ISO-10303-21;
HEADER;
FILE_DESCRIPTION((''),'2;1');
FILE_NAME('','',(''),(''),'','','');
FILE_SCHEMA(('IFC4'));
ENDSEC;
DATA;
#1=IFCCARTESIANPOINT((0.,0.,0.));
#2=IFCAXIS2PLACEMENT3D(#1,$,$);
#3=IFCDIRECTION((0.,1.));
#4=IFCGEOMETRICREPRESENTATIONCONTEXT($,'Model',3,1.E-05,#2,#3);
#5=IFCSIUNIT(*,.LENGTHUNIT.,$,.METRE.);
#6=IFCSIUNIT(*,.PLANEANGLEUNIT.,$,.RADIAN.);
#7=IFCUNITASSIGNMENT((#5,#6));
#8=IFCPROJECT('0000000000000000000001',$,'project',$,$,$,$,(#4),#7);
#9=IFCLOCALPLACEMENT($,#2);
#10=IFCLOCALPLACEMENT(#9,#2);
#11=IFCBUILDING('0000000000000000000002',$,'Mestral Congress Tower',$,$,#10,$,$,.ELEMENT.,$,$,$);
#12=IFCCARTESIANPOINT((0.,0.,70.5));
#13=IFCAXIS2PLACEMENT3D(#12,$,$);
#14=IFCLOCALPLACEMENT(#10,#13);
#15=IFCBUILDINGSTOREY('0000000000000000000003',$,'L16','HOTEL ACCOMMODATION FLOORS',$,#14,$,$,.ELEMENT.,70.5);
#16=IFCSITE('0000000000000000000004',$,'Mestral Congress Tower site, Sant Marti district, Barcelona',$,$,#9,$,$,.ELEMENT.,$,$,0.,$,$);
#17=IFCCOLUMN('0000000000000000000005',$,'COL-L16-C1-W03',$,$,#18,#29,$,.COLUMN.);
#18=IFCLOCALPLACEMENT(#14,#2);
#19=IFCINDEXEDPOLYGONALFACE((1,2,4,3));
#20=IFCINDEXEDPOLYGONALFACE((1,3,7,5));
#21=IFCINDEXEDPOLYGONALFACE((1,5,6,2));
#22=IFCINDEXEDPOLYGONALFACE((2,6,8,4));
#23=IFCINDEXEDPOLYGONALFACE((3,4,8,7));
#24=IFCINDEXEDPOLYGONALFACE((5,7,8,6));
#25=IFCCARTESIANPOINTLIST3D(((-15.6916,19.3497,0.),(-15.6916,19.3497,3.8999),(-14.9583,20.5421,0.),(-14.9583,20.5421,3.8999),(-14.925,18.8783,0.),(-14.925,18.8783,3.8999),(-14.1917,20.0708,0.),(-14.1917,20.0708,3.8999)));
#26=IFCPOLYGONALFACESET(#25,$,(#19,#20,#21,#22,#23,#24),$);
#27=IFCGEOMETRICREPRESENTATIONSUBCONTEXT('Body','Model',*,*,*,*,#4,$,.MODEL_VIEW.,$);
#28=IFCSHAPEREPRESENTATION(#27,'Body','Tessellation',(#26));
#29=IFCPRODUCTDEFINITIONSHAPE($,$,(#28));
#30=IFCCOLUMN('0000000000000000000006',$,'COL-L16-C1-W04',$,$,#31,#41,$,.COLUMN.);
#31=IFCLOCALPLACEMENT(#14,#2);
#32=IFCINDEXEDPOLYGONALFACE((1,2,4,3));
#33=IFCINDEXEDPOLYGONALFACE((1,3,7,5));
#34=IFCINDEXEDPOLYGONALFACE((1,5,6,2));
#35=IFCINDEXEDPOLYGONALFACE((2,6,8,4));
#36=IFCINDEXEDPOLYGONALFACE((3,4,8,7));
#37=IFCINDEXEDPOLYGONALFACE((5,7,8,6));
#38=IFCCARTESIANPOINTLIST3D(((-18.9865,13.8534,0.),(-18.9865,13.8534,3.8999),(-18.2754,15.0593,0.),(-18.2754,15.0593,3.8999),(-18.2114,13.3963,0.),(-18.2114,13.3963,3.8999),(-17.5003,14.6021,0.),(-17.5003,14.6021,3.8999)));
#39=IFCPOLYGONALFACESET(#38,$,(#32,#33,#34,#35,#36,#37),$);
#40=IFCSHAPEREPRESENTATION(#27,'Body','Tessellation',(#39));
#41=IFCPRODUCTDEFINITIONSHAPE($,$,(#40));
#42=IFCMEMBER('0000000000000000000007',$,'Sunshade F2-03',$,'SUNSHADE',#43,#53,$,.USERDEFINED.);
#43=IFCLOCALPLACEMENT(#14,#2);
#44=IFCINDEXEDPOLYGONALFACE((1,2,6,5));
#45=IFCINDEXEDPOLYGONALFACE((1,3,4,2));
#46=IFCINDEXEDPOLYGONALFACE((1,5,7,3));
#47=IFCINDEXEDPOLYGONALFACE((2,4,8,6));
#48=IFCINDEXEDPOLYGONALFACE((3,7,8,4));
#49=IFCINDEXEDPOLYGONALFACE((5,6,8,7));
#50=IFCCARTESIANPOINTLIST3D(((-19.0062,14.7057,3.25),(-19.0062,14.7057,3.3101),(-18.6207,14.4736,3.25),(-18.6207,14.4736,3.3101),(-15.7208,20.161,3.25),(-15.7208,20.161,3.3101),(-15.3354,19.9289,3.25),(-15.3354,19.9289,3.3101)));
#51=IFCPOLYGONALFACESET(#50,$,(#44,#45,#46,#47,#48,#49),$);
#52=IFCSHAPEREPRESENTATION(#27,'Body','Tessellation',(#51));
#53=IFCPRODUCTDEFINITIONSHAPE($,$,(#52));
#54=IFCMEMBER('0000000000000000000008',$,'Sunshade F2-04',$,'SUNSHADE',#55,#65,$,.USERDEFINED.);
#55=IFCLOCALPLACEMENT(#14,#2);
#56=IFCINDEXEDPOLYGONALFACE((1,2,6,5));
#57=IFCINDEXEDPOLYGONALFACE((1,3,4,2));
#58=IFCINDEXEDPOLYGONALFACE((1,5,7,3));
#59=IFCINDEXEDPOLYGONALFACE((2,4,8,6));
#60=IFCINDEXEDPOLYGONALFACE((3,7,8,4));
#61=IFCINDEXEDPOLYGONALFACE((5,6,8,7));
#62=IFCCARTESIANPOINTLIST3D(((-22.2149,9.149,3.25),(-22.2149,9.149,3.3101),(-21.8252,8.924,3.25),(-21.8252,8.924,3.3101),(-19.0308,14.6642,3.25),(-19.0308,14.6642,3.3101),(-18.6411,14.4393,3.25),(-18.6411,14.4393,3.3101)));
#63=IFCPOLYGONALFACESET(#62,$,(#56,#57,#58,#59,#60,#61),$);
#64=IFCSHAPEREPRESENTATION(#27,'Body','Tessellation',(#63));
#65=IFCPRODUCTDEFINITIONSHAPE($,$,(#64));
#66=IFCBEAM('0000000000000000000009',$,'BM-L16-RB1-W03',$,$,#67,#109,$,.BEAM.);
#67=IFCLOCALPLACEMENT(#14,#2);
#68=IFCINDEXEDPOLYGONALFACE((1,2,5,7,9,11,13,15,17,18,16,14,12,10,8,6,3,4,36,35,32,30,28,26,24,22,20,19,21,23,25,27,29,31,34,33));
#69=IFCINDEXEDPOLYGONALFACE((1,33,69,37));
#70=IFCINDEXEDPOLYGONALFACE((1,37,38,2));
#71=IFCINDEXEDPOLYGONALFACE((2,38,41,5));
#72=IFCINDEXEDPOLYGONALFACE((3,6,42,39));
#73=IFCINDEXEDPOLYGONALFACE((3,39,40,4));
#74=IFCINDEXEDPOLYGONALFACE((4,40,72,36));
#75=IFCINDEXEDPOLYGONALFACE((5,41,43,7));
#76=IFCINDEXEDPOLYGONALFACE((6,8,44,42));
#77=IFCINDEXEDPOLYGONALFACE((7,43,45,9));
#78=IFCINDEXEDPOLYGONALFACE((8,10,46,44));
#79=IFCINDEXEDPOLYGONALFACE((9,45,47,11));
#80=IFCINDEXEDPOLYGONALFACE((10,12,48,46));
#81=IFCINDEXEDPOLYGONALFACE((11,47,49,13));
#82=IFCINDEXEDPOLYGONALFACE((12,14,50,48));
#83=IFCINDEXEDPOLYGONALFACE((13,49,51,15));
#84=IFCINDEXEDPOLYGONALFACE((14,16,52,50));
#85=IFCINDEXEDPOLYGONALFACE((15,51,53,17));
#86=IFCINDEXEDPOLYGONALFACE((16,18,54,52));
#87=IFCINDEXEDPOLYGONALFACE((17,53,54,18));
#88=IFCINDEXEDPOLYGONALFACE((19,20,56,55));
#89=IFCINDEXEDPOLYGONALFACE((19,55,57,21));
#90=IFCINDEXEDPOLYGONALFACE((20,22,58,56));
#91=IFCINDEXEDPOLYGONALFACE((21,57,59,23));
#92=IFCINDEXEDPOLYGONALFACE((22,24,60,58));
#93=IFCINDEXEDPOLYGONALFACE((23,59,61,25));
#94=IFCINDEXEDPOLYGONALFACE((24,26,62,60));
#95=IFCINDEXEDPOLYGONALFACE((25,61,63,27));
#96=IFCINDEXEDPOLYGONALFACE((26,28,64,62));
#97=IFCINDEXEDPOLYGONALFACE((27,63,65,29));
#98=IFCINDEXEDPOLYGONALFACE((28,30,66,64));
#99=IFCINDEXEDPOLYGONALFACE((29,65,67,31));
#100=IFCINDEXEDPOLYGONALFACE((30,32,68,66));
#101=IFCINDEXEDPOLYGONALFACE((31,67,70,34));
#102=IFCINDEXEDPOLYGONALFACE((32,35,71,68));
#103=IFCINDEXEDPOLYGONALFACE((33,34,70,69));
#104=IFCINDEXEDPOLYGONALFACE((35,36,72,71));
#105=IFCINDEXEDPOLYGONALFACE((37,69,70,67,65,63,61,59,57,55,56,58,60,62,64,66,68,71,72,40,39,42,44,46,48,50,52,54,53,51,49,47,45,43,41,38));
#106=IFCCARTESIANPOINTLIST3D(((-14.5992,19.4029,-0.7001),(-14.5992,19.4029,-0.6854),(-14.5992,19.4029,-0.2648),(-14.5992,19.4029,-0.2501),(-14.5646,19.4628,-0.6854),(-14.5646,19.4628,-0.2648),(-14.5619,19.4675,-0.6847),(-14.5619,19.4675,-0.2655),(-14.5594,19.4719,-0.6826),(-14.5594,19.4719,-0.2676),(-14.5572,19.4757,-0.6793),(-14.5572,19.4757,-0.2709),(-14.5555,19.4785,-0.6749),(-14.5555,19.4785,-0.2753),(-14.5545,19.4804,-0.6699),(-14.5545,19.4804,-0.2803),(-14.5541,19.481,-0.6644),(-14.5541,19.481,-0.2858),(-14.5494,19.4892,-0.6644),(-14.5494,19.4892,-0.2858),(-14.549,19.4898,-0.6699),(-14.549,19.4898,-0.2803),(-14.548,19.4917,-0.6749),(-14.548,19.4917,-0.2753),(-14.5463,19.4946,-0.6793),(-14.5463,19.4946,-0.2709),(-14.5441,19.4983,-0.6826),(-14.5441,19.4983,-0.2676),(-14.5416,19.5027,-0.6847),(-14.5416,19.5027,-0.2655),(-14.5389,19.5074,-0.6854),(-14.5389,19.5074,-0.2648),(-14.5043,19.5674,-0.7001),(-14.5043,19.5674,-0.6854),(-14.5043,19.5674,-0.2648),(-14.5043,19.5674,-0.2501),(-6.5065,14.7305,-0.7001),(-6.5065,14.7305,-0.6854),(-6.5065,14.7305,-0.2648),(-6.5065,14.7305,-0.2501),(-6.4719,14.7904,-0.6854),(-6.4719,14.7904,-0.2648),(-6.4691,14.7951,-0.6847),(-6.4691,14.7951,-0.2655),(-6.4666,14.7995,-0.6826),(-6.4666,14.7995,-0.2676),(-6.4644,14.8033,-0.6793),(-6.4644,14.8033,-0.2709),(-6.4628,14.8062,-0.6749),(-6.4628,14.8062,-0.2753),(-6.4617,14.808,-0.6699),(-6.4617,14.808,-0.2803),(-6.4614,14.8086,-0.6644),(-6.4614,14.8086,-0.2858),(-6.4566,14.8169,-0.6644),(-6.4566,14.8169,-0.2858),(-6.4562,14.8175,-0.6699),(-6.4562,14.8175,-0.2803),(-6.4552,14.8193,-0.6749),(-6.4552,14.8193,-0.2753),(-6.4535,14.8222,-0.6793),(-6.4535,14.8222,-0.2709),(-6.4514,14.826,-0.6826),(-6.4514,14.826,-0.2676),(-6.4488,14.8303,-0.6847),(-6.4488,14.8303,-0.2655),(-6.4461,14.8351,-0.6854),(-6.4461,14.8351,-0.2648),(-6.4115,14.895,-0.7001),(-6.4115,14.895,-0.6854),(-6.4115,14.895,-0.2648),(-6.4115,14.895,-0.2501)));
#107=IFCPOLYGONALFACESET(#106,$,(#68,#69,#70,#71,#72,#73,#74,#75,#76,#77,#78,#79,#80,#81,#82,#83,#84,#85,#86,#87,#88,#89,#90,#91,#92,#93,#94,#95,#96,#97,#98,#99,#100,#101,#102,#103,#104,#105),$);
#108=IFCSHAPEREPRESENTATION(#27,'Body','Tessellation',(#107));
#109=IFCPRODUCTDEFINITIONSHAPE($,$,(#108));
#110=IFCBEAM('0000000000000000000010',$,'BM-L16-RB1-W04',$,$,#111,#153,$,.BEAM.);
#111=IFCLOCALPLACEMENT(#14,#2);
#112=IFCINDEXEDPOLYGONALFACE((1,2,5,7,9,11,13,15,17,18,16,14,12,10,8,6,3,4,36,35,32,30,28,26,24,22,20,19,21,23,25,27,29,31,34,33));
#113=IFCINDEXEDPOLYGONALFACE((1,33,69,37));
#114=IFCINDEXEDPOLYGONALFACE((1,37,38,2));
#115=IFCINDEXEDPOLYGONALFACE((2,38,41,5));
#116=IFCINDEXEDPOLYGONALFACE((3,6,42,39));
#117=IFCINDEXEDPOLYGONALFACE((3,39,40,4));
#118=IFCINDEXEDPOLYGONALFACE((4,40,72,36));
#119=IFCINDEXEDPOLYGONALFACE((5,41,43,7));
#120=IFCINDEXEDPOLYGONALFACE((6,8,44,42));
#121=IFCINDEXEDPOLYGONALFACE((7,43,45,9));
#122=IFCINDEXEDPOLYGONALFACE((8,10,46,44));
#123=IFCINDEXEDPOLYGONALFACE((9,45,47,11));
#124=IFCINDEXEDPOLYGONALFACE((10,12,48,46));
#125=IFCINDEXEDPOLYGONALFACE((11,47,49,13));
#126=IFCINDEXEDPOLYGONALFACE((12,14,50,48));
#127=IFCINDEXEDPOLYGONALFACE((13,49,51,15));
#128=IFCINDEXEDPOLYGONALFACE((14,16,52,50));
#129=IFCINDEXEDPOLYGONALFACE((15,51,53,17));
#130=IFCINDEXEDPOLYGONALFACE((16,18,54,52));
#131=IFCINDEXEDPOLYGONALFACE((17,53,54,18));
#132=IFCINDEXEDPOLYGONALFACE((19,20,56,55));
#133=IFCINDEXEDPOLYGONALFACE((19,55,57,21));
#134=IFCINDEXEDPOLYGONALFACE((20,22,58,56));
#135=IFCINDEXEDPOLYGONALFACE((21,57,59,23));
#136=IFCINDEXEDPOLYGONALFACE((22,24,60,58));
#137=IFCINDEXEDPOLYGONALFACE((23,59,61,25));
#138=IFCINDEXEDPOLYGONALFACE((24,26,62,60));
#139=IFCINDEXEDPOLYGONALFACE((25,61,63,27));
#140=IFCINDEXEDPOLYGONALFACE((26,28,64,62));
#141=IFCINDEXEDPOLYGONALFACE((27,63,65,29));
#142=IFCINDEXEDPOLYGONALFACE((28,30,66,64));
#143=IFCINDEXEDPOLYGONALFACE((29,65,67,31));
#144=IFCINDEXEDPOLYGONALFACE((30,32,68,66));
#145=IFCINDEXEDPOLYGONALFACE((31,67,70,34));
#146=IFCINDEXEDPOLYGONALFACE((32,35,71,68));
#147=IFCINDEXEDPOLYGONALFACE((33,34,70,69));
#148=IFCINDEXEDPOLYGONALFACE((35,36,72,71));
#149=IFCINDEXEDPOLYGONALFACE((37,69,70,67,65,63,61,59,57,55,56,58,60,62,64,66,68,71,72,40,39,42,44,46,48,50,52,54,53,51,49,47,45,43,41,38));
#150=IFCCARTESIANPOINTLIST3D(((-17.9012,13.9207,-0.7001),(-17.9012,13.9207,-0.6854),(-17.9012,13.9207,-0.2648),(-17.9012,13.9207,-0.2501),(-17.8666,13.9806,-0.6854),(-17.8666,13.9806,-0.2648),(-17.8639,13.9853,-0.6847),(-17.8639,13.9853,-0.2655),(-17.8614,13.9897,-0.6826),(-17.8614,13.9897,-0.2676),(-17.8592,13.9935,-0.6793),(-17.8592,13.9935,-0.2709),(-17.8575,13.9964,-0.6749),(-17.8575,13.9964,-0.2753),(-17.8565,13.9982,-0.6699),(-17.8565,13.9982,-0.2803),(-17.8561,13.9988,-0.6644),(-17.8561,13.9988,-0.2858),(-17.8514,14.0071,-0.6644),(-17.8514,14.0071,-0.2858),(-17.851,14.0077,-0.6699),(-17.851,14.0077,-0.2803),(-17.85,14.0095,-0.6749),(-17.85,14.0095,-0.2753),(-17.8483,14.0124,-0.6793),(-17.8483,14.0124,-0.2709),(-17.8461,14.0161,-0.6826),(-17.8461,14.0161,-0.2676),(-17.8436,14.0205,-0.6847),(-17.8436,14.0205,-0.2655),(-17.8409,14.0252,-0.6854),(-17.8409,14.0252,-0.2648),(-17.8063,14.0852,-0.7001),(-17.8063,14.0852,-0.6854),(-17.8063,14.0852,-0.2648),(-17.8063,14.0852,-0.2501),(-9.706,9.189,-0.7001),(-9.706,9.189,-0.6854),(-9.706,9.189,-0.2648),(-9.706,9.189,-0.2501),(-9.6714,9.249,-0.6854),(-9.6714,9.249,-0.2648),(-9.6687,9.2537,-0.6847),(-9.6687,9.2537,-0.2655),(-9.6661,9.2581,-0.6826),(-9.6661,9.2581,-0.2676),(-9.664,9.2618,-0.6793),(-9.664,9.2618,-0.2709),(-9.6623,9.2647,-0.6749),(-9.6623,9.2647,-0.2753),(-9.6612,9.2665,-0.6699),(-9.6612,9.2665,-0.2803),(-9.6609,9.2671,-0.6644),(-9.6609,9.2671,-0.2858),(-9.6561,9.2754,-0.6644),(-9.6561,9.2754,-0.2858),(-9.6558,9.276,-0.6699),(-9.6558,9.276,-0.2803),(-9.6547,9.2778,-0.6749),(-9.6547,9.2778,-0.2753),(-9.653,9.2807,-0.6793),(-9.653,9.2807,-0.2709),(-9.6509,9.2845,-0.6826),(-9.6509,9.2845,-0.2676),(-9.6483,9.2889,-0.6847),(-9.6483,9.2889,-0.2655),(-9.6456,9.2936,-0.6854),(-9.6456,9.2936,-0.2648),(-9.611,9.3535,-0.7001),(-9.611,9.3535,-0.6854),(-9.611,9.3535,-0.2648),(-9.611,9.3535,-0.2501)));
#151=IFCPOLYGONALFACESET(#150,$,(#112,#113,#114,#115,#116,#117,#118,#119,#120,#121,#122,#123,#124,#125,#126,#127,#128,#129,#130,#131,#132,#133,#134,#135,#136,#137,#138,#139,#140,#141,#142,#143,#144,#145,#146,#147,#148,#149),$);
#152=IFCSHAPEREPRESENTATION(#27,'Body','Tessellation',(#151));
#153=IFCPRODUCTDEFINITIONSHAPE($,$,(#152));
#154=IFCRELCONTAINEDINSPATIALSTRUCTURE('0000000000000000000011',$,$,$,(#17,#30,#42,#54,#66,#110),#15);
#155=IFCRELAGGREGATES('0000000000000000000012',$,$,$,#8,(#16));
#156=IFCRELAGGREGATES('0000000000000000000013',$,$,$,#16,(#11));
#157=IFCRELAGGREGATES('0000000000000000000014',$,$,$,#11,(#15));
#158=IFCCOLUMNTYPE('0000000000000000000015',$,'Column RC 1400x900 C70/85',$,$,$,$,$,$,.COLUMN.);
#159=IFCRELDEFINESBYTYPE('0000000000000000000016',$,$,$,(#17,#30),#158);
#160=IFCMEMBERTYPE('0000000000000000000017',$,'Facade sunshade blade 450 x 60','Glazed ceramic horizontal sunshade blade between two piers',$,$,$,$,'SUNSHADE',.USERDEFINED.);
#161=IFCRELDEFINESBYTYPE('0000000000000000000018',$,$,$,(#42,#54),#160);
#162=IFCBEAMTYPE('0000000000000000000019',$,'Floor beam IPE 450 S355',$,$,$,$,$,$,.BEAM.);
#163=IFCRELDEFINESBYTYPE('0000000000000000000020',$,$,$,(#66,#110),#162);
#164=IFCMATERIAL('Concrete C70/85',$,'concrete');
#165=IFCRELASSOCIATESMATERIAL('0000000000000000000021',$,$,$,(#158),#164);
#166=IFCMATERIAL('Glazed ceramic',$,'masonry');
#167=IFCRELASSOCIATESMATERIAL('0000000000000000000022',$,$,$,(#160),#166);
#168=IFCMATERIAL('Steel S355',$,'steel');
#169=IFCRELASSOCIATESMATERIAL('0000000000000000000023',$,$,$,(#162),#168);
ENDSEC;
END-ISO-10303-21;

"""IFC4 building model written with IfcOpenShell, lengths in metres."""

from ifc_helpers import new_model, si_unit, direction, frame, origin, origin_2d, place, context, subcontext, project, spatial, rectangle, i_section, extrude, material, material_profile, profile_set, type_object, element, save


model = new_model("IFC4")

# Units and contexts
model_context = context("Model", 3, precision=1e-05, world=origin(), true_north=direction((0.0, 1.0)))
body_context = subcontext(model_context, "Body", "Model", "MODEL_VIEW")
ifc_project = project(units=[si_unit("LENGTHUNIT", "METRE"), si_unit("PLANEANGLEUNIT", "RADIAN")], contexts=[model_context])

# Site, building, storey
site_placement = place(None, origin())
site = spatial("IfcSite", under=ifc_project, at=site_placement, Name="Mestral Congress Tower site, Sant Marti district, Barcelona", CompositionType="ELEMENT", RefElevation=0.0)
building_placement = place(site_placement, origin())
building = spatial("IfcBuilding", under=site, at=building_placement, Name="Mestral Congress Tower", CompositionType="ELEMENT")
storey_placement = place(building_placement, frame((0.0, 0.0, 70.5)))
storey = spatial("IfcBuildingStorey", under=building, at=storey_placement, Name="L16", Description="HOTEL ACCOMMODATION FLOORS", CompositionType="ELEMENT", Elevation=70.5)

# Columns
ifc_material_1 = material(Name="Concrete C70/85", Category="concrete")
ifc_material_profile_1 = material_profile(ifc_material_1, rectangle(XDim=1.3999, YDim=0.8999, at=origin_2d()), Name="RC 1400x900")
ifc_profile_set_1 = profile_set([ifc_material_profile_1], Name="Concrete C70/85")
column_type = type_object("IfcColumnType", Name="Column RC 1400x900 C70/85", PredefinedType="COLUMN", material=ifc_profile_set_1)
for number, where, z_axis, x_axis, name in (
    (1, (-14.9417, 19.7102, 0.0), (0.0, 0.0, 1.0), (-0.523819, -0.851829, 0.0), "COL-L16-C1-W03"),
    (2, (-18.2434, 14.2278, 0.0), (0.0, 0.0, 1.0), (-0.507983, -0.861367, 0.0), "COL-L16-C1-W04"),
):
    element("IfcColumn", number, at=place(storey_placement, frame(where, z_axis=z_axis, x_axis=x_axis)), inside=storey, type_object=column_type, Name=name, PredefinedType="COLUMN", context=body_context, shape_type="SweptSolid", body=[
        extrude(rectangle(XDim=1.3999, YDim=0.8999, at=origin_2d()), origin(), (0.0, 0.0, 1.0), 3.8999),
    ])

# Members
ifc_material_2 = material(Name="Glazed ceramic", Category="masonry")
ifc_material_profile_2 = material_profile(ifc_material_2, rectangle(XDim=0.45, YDim=0.0601, at=origin_2d()), Name="Ceramic blade 450 x 60")
ifc_profile_set_2 = profile_set([ifc_material_profile_2], Name="Glazed ceramic")
member_type = type_object("IfcMemberType", Name="Facade sunshade blade 450 x 60", Description="Glazed ceramic horizontal sunshade blade between two piers", ElementType="SUNSHADE", PredefinedType="USERDEFINED", material=ifc_profile_set_2)
member_1_placement = place(storey_placement, frame((-15.5281, 20.0449, 3.28), z_axis=(-0.515905, -0.856646, 0.0), x_axis=(0.856646, -0.515905, 0.0)))
element("IfcMember", 3, at=member_1_placement, inside=storey, type_object=member_type, Name="Sunshade F2-03", ObjectType="SUNSHADE", PredefinedType="USERDEFINED", context=body_context, shape_type="SweptSolid", body=[
    extrude(rectangle(XDim=0.45, YDim=0.0601, at=origin_2d()), origin(), (0.0, 0.0, 1.0), 6.3682),
])
member_2_placement = place(storey_placement, frame((-18.8359, 14.5518, 3.28), z_axis=(-0.49999, -0.866031, 0.0), x_axis=(0.866031, -0.49999, 0.0)))
element("IfcMember", 4, at=member_2_placement, inside=storey, type_object=member_type, Name="Sunshade F2-04", ObjectType="SUNSHADE", PredefinedType="USERDEFINED", context=body_context, shape_type="SweptSolid", body=[
    extrude(rectangle(XDim=0.45, YDim=0.0601, at=origin_2d()), origin(), (0.0, 0.0, 1.0), 6.3684),
])

# Beams
ifc_material_3 = material(Name="Steel S355", Category="steel")
ifc_material_profile_3 = material_profile(ifc_material_3, i_section(OverallWidth=0.1899, OverallDepth=0.45, WebThickness=0.0095, FlangeThickness=0.0146, FilletRadius=0.021, at=origin_2d()), Name="IPE 450")
ifc_profile_set_3 = profile_set([ifc_material_profile_3], Name="Steel S355")
beam_type_1 = type_object("IfcBeamType", Name="Floor beam IPE 450 S355", PredefinedType="BEAM", material=ifc_profile_set_3)
beam_1_placement = place(storey_placement, frame((-14.5518, 19.4851, -0.4751), z_axis=(0.866025, -0.5, 0.0), x_axis=(0.5, 0.866025, 0.0)))
element("IfcBeam", 5, at=beam_1_placement, inside=storey, type_object=beam_type_1, Name="BM-L16-RB1-W03", PredefinedType="BEAM", context=body_context, shape_type="SweptSolid", body=[
    extrude(i_section(OverallWidth=0.1899, OverallDepth=0.45, WebThickness=0.0095, FlangeThickness=0.0146, FilletRadius=0.021, at=origin_2d()), origin(), (0.0, 0.0, 1.0), 9.3447),
])
beam_2_placement = place(storey_placement, frame((-17.8538, 14.0029, -0.4751), z_axis=(0.86602, -0.50001, 0.0), x_axis=(0.50001, 0.86602, 0.0)))
element("IfcBeam", 6, at=beam_2_placement, inside=storey, type_object=beam_type_1, Name="BM-L16-RB1-W04", PredefinedType="BEAM", context=body_context, shape_type="SweptSolid", body=[
    extrude(i_section(OverallWidth=0.1899, OverallDepth=0.45, WebThickness=0.0095, FlangeThickness=0.0146, FilletRadius=0.021, at=origin_2d()), origin(), (0.0, 0.0, 1.0), 9.4631),
])

save(model, "model.ifc")
